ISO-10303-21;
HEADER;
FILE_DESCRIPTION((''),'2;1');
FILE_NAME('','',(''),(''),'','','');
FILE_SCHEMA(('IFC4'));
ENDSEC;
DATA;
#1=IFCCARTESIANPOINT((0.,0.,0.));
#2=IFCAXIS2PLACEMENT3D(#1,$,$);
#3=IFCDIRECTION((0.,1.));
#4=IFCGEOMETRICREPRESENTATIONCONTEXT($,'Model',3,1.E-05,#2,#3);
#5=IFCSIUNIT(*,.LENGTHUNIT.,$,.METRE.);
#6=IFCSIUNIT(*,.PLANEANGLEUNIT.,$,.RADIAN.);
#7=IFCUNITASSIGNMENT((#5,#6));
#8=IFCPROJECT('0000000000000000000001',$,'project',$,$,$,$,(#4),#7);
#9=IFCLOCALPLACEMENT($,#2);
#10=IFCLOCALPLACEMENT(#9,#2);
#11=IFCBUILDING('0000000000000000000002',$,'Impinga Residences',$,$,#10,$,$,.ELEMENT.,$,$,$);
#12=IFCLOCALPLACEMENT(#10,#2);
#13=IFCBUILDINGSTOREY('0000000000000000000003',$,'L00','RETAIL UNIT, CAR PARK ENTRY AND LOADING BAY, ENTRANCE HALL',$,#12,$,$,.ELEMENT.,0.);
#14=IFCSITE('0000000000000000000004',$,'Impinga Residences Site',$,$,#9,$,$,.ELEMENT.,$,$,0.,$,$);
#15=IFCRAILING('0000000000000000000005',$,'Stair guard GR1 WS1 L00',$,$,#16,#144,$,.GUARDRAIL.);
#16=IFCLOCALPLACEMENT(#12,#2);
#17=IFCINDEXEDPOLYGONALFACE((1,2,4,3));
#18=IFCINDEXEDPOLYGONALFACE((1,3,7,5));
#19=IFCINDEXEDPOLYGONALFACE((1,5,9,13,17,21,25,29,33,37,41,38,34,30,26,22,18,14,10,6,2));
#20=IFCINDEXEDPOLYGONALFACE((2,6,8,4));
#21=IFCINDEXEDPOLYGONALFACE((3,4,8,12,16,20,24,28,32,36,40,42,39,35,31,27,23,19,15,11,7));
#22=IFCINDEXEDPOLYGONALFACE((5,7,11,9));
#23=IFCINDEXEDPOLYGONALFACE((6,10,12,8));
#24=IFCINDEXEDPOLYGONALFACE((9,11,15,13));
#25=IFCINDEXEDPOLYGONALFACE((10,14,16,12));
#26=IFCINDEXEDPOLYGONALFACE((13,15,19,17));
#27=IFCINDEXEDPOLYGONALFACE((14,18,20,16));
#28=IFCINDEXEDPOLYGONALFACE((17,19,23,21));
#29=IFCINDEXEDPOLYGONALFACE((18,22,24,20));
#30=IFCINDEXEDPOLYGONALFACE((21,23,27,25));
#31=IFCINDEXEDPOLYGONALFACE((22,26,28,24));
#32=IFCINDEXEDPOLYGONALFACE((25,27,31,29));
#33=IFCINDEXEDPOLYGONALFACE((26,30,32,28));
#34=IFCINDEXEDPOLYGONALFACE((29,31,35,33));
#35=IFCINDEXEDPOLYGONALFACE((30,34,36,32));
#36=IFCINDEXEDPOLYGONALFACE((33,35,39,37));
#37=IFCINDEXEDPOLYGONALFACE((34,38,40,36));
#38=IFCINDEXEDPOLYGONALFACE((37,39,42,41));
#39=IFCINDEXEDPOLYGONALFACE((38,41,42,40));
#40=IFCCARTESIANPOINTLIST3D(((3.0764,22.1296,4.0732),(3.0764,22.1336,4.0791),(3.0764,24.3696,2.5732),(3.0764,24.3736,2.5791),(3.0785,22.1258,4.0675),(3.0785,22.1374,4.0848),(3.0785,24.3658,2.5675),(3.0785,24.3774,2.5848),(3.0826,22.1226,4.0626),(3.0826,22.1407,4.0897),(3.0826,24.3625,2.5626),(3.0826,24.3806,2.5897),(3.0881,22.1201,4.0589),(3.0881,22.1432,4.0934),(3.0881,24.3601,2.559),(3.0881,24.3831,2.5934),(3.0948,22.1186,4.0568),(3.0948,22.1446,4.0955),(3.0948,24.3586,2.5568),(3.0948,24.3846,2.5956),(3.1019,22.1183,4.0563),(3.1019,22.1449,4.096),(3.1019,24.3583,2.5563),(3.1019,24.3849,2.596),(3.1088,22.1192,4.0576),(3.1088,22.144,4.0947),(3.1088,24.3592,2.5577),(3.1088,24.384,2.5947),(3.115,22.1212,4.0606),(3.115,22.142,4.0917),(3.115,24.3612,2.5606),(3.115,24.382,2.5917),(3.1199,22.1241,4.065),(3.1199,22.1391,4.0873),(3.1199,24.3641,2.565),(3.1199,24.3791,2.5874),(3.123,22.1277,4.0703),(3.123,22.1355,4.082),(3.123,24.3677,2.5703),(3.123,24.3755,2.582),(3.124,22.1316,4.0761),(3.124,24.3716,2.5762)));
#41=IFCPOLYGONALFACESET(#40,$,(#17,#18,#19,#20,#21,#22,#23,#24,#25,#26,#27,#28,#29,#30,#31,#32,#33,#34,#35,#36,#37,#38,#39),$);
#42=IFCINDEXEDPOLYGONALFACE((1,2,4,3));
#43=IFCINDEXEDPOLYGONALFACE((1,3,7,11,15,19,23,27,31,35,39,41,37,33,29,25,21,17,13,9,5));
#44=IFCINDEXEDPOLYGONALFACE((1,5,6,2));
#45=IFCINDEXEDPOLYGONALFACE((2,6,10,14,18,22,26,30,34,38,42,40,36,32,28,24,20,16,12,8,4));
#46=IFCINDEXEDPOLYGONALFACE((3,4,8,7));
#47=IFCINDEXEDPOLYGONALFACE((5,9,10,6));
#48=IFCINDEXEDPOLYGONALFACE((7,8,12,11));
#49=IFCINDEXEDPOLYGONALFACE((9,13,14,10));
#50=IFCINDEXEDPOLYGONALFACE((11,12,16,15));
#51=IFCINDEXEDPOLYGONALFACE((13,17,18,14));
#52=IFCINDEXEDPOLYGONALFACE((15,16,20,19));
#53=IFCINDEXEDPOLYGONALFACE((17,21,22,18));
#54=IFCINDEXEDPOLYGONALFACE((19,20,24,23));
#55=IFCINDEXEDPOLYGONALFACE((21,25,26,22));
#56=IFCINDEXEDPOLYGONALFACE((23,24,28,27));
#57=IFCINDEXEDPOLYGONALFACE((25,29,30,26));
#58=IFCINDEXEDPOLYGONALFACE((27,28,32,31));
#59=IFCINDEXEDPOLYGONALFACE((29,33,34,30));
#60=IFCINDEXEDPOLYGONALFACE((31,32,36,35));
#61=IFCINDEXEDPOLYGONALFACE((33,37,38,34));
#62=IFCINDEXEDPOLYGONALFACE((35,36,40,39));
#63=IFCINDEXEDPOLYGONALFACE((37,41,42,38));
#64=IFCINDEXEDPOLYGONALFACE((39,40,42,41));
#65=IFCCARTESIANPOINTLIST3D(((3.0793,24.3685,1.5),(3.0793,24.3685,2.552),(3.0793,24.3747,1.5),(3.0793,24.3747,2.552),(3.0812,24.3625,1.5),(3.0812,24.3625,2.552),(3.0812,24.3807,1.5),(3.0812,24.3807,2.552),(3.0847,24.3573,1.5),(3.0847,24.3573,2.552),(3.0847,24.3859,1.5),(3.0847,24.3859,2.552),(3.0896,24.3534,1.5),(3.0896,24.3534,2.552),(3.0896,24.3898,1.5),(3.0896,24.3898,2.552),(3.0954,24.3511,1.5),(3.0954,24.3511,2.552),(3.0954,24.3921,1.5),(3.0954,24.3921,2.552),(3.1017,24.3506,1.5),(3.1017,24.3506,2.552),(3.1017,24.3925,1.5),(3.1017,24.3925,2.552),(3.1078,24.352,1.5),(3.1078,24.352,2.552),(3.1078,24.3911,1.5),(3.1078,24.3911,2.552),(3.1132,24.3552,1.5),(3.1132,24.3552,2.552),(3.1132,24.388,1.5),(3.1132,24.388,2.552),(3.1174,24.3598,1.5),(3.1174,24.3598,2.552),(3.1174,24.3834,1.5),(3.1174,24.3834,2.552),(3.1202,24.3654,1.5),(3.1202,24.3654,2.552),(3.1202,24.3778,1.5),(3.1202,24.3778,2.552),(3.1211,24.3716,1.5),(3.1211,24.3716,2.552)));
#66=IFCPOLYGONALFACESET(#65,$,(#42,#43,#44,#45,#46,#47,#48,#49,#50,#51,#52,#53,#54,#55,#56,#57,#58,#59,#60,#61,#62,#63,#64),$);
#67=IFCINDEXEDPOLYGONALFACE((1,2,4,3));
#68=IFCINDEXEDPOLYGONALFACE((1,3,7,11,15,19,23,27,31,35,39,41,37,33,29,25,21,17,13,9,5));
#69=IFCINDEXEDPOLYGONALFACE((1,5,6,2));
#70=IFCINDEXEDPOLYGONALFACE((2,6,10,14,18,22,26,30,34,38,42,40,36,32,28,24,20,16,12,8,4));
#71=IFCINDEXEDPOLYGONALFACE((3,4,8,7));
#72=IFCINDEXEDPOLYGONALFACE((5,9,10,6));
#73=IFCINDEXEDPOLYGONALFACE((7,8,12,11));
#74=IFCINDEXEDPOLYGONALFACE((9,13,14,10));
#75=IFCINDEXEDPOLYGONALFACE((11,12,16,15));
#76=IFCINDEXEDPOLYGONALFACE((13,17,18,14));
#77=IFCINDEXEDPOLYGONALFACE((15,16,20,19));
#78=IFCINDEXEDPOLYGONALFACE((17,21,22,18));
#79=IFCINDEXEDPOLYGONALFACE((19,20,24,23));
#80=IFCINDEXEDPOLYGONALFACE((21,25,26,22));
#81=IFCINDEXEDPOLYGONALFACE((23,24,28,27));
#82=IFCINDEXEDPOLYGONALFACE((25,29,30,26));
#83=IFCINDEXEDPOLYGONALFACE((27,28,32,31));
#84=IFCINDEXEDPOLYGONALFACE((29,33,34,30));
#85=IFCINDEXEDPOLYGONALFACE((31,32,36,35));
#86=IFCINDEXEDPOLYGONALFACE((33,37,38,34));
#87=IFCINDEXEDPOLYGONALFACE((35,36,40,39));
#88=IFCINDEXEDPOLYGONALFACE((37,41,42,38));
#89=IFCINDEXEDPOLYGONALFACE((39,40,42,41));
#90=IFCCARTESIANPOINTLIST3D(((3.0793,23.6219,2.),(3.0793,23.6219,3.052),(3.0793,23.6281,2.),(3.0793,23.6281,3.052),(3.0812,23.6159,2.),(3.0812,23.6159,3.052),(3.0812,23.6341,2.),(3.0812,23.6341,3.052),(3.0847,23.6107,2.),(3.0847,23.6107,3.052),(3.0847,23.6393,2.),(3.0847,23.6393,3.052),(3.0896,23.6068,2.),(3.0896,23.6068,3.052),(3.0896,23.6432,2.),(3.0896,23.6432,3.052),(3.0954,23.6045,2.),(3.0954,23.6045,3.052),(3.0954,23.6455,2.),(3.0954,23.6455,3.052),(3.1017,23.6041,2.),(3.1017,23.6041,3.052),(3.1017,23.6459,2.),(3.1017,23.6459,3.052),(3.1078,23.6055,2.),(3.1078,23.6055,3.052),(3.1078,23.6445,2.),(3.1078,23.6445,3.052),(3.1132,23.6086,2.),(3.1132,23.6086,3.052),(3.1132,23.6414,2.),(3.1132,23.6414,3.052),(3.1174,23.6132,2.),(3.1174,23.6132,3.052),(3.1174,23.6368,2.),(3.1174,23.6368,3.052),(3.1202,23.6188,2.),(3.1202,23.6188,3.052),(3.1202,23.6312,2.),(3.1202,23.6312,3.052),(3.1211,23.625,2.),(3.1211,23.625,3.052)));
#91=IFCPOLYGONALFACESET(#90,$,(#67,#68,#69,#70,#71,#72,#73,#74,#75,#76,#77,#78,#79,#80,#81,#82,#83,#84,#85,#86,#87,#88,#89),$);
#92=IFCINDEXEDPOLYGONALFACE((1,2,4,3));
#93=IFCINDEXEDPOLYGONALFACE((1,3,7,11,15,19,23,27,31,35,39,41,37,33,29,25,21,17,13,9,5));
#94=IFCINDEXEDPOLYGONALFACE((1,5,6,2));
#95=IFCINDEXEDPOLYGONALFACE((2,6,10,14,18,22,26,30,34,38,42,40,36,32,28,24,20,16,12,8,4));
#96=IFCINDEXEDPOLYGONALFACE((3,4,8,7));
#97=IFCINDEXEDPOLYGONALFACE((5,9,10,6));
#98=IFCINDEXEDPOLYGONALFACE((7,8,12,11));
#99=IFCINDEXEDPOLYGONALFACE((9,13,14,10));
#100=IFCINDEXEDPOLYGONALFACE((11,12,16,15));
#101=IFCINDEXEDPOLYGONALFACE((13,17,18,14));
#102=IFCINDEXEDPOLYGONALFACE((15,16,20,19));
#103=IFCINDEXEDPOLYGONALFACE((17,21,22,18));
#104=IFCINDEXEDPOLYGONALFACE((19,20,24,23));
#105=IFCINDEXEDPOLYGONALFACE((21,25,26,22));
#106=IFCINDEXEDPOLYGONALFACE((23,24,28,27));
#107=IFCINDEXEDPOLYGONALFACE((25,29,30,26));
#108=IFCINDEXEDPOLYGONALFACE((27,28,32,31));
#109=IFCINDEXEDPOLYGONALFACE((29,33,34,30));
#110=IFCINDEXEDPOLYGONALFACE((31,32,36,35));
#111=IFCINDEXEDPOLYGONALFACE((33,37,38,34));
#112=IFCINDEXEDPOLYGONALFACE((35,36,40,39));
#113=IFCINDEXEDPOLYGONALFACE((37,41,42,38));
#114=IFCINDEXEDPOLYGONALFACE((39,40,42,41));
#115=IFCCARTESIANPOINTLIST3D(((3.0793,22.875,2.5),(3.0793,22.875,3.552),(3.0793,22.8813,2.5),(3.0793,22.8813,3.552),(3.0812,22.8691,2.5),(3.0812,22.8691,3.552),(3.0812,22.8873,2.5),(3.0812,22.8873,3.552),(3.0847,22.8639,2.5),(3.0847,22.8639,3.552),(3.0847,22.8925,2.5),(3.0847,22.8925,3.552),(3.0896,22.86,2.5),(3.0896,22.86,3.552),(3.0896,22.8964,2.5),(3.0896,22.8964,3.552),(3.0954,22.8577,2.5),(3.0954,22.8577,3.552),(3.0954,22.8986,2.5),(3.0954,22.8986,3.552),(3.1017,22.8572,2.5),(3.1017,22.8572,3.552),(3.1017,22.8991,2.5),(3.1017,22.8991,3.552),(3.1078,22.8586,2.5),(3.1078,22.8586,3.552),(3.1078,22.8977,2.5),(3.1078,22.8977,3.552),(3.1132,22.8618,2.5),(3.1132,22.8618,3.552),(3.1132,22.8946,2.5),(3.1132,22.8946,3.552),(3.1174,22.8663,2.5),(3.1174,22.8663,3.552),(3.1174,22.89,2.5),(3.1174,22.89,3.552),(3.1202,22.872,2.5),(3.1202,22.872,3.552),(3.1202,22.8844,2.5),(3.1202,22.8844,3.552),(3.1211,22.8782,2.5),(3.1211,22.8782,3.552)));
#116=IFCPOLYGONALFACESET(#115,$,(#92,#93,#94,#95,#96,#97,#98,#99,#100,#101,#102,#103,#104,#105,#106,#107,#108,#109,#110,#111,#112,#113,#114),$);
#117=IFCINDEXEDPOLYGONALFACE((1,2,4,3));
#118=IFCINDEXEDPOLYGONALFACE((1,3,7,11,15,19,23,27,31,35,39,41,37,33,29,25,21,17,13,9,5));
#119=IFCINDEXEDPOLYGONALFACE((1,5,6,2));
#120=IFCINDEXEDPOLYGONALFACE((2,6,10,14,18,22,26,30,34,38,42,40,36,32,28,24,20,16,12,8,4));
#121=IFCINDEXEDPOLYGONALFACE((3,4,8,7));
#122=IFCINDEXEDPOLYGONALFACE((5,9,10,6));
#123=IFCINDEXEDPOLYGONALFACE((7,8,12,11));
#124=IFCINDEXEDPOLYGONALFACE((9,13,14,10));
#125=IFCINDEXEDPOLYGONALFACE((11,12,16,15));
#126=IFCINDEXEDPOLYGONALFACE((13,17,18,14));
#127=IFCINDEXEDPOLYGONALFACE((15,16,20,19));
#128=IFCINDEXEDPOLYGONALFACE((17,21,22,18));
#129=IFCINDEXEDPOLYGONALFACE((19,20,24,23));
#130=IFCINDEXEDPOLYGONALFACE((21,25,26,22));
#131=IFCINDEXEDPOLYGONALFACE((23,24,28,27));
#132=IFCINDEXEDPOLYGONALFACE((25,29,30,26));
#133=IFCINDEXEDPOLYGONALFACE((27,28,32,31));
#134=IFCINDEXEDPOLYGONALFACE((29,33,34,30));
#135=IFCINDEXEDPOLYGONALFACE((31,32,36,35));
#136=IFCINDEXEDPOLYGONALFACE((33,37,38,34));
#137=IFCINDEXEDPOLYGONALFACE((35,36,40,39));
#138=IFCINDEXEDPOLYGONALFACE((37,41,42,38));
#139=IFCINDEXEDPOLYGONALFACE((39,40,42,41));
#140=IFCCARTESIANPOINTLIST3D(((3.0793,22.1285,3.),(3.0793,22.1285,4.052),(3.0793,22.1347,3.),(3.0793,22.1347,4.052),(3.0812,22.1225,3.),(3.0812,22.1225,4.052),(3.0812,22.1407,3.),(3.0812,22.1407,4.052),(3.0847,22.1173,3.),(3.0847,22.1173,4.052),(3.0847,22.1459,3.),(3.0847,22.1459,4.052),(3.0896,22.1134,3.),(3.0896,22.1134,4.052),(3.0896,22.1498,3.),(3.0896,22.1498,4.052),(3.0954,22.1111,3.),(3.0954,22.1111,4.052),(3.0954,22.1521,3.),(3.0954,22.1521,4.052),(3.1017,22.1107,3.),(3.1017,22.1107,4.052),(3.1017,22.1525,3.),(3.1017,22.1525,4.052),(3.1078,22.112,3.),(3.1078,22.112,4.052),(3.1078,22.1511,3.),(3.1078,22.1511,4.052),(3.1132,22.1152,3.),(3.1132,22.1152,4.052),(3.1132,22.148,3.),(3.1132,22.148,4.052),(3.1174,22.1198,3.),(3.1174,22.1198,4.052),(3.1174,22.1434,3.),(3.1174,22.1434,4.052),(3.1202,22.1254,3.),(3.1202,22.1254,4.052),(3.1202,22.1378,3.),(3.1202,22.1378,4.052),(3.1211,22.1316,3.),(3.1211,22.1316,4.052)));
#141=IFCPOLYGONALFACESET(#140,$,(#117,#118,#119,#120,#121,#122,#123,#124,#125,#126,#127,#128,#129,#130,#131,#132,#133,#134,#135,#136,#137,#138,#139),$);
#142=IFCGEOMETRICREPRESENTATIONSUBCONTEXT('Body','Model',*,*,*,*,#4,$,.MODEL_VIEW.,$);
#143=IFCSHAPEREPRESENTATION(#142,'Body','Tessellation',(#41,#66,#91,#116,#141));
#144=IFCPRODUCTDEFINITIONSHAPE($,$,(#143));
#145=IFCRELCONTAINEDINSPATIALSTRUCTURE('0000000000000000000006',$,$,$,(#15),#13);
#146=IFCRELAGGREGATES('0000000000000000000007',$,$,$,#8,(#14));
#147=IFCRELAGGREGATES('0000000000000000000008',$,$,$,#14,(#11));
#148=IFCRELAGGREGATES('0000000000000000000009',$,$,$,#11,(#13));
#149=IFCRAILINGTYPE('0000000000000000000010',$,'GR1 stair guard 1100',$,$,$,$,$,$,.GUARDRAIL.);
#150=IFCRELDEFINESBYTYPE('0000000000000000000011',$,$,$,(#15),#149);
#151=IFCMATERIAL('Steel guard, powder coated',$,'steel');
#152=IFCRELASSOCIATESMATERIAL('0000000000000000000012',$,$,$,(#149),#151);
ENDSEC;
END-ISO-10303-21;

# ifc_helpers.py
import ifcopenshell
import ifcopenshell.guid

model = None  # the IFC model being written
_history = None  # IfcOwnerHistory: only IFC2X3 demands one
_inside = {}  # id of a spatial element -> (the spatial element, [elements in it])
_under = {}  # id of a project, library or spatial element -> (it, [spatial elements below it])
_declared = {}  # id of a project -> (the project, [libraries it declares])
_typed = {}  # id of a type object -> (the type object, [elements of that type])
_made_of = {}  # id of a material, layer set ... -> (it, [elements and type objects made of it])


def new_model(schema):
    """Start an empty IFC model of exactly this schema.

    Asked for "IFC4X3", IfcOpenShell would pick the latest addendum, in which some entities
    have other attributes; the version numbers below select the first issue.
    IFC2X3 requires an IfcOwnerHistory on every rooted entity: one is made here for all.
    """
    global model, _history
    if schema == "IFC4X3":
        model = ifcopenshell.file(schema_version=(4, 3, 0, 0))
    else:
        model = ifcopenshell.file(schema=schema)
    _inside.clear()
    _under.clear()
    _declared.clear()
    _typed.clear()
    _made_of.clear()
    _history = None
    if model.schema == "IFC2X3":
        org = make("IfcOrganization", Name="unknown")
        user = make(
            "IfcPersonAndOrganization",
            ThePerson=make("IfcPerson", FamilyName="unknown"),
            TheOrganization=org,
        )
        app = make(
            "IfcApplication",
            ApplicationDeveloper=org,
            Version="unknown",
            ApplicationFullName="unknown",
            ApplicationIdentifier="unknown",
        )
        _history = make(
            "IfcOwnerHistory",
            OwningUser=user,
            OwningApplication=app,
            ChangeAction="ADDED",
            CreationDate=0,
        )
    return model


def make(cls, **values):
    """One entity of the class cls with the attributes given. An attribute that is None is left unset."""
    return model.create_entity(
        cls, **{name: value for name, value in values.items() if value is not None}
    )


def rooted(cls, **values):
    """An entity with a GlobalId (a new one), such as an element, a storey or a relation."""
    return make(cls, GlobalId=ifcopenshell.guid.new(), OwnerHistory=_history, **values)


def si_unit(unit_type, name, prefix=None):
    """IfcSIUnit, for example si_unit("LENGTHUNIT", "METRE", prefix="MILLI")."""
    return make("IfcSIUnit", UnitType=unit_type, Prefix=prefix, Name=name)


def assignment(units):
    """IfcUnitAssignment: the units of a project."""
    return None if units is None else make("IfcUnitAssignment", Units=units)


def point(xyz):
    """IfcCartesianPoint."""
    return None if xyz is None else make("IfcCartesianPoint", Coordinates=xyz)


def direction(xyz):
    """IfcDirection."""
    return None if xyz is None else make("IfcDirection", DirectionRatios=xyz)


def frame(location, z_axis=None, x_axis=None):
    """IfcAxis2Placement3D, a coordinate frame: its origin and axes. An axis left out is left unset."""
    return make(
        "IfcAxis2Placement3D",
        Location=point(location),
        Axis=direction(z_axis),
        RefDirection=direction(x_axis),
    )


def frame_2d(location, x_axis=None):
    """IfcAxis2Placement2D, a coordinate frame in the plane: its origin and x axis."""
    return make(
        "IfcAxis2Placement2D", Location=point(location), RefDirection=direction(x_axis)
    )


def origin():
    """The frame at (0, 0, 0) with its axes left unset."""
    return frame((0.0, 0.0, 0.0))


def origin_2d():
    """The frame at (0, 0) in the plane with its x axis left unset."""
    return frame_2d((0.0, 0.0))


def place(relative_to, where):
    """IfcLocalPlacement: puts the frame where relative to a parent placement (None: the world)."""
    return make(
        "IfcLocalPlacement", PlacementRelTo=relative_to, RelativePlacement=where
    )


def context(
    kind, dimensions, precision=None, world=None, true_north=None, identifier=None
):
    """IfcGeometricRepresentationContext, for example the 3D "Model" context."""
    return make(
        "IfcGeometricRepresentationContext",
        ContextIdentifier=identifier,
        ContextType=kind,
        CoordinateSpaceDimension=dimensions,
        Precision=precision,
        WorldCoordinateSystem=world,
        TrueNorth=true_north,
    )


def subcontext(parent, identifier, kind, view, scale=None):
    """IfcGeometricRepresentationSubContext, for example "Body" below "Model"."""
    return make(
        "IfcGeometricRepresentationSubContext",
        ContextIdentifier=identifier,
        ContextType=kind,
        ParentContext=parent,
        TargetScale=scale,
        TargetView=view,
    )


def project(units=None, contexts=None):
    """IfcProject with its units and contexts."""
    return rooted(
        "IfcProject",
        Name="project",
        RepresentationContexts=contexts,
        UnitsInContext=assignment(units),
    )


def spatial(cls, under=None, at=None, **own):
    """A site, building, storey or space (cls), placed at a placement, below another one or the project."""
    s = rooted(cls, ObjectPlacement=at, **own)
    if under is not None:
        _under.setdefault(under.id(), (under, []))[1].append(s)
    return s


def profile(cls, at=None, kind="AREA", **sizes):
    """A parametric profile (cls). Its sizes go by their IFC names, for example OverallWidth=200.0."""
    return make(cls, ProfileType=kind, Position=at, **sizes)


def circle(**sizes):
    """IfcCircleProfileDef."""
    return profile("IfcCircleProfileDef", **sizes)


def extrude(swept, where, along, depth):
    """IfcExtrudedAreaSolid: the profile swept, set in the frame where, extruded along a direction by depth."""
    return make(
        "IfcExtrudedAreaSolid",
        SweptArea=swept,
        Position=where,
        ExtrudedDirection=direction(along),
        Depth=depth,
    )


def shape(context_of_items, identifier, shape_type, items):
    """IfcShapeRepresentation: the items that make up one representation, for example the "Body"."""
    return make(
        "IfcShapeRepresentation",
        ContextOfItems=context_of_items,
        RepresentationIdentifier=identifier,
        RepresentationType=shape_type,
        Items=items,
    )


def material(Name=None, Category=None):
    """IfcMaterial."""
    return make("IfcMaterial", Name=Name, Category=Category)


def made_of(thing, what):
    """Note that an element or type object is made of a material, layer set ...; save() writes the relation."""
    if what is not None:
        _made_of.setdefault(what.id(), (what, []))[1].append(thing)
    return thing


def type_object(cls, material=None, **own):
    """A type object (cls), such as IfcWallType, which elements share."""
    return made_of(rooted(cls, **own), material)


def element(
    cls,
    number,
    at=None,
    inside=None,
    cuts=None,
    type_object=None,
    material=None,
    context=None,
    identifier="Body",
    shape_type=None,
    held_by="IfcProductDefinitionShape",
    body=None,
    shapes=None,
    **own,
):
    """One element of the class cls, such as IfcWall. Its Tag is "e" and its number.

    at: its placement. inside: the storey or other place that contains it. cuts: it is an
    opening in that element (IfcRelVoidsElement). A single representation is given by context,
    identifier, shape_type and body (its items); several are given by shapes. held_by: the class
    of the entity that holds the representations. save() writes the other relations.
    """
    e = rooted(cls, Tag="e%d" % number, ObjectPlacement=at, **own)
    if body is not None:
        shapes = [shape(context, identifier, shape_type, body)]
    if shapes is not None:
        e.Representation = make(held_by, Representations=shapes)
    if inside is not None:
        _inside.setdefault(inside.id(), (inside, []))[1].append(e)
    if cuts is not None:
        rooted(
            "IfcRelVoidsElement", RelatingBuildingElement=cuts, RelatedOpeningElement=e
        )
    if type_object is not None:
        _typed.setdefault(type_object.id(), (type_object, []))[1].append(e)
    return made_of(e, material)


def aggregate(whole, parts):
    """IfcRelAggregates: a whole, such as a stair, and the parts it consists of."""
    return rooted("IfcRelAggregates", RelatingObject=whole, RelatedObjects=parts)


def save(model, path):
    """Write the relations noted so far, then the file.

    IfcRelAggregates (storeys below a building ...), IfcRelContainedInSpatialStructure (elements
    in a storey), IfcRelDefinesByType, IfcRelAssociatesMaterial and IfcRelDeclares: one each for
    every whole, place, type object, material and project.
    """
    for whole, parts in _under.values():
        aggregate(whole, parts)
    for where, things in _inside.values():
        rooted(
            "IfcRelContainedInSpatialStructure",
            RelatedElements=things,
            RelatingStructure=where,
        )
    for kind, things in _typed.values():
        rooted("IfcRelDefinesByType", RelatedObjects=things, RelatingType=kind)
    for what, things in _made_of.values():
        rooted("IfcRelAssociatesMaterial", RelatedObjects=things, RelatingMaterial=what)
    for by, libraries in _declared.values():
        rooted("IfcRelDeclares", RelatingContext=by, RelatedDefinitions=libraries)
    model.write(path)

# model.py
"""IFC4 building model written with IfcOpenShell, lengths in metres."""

from ifc_helpers import new_model, si_unit, direction, frame, origin, origin_2d, place, context, subcontext, project, spatial, circle, extrude, material, type_object, element, save


model = new_model("IFC4")

# Units and contexts
model_context = context("Model", 3, precision=1e-05, world=origin(), true_north=direction((0.0, 1.0)))
body_context = subcontext(model_context, "Body", "Model", "MODEL_VIEW")
ifc_project = project(units=[si_unit("LENGTHUNIT", "METRE"), si_unit("PLANEANGLEUNIT", "RADIAN")], contexts=[model_context])

# Site, building, storey
site_placement = place(None, origin())
site = spatial("IfcSite", under=ifc_project, at=site_placement, Name="Impinga Residences Site", CompositionType="ELEMENT", RefElevation=0.0)
building_placement = place(site_placement, origin())
building = spatial("IfcBuilding", under=site, at=building_placement, Name="Impinga Residences", CompositionType="ELEMENT")
storey_placement = place(building_placement, origin())
storey = spatial("IfcBuildingStorey", under=building, at=storey_placement, Name="L00", Description="RETAIL UNIT, CAR PARK ENTRY AND LOADING BAY, ENTRANCE HALL", CompositionType="ELEMENT", Elevation=0.0)

# Railing
ifc_material_1 = material(Name="Steel guard, powder coated", Category="steel")
railing_type_1 = type_object("IfcRailingType", Name="GR1 stair guard 1100", PredefinedType="GUARDRAIL", material=ifc_material_1)
for number, where, name in (
    (1, (3.1001, 24.3716, 1.5), "Stair guard GR1 WS1 L00"),
):
    element("IfcRailing", number, at=place(storey_placement, frame(where)), inside=storey, type_object=railing_type_1, Name=name, PredefinedType="GUARDRAIL", context=body_context, shape_type="SweptSolid", body=[
        extrude(circle(Radius=0.0239, at=origin_2d()), frame((0.0, 0.0, 1.0762), z_axis=(0.0, -0.830906, 0.556413), x_axis=(1.0, 0.0, 0.0)), (0.0, 0.0, 1.0), 2.6958),
        extrude(circle(Radius=0.021, at=origin_2d()), origin(), (0.0, 0.0, 1.0), 1.052),
        extrude(circle(Radius=0.021, at=origin_2d()), frame((0.0, -0.7466, 0.5)), (0.0, 0.0, 1.0), 1.052),
        extrude(circle(Radius=0.021, at=origin_2d()), frame((0.0, -1.4934, 1.0)), (0.0, 0.0, 1.0), 1.052),
        extrude(circle(Radius=0.021, at=origin_2d()), frame((0.0, -2.24, 1.5)), (0.0, 0.0, 1.0), 1.052),
    ])

save(model, "model.ifc")
